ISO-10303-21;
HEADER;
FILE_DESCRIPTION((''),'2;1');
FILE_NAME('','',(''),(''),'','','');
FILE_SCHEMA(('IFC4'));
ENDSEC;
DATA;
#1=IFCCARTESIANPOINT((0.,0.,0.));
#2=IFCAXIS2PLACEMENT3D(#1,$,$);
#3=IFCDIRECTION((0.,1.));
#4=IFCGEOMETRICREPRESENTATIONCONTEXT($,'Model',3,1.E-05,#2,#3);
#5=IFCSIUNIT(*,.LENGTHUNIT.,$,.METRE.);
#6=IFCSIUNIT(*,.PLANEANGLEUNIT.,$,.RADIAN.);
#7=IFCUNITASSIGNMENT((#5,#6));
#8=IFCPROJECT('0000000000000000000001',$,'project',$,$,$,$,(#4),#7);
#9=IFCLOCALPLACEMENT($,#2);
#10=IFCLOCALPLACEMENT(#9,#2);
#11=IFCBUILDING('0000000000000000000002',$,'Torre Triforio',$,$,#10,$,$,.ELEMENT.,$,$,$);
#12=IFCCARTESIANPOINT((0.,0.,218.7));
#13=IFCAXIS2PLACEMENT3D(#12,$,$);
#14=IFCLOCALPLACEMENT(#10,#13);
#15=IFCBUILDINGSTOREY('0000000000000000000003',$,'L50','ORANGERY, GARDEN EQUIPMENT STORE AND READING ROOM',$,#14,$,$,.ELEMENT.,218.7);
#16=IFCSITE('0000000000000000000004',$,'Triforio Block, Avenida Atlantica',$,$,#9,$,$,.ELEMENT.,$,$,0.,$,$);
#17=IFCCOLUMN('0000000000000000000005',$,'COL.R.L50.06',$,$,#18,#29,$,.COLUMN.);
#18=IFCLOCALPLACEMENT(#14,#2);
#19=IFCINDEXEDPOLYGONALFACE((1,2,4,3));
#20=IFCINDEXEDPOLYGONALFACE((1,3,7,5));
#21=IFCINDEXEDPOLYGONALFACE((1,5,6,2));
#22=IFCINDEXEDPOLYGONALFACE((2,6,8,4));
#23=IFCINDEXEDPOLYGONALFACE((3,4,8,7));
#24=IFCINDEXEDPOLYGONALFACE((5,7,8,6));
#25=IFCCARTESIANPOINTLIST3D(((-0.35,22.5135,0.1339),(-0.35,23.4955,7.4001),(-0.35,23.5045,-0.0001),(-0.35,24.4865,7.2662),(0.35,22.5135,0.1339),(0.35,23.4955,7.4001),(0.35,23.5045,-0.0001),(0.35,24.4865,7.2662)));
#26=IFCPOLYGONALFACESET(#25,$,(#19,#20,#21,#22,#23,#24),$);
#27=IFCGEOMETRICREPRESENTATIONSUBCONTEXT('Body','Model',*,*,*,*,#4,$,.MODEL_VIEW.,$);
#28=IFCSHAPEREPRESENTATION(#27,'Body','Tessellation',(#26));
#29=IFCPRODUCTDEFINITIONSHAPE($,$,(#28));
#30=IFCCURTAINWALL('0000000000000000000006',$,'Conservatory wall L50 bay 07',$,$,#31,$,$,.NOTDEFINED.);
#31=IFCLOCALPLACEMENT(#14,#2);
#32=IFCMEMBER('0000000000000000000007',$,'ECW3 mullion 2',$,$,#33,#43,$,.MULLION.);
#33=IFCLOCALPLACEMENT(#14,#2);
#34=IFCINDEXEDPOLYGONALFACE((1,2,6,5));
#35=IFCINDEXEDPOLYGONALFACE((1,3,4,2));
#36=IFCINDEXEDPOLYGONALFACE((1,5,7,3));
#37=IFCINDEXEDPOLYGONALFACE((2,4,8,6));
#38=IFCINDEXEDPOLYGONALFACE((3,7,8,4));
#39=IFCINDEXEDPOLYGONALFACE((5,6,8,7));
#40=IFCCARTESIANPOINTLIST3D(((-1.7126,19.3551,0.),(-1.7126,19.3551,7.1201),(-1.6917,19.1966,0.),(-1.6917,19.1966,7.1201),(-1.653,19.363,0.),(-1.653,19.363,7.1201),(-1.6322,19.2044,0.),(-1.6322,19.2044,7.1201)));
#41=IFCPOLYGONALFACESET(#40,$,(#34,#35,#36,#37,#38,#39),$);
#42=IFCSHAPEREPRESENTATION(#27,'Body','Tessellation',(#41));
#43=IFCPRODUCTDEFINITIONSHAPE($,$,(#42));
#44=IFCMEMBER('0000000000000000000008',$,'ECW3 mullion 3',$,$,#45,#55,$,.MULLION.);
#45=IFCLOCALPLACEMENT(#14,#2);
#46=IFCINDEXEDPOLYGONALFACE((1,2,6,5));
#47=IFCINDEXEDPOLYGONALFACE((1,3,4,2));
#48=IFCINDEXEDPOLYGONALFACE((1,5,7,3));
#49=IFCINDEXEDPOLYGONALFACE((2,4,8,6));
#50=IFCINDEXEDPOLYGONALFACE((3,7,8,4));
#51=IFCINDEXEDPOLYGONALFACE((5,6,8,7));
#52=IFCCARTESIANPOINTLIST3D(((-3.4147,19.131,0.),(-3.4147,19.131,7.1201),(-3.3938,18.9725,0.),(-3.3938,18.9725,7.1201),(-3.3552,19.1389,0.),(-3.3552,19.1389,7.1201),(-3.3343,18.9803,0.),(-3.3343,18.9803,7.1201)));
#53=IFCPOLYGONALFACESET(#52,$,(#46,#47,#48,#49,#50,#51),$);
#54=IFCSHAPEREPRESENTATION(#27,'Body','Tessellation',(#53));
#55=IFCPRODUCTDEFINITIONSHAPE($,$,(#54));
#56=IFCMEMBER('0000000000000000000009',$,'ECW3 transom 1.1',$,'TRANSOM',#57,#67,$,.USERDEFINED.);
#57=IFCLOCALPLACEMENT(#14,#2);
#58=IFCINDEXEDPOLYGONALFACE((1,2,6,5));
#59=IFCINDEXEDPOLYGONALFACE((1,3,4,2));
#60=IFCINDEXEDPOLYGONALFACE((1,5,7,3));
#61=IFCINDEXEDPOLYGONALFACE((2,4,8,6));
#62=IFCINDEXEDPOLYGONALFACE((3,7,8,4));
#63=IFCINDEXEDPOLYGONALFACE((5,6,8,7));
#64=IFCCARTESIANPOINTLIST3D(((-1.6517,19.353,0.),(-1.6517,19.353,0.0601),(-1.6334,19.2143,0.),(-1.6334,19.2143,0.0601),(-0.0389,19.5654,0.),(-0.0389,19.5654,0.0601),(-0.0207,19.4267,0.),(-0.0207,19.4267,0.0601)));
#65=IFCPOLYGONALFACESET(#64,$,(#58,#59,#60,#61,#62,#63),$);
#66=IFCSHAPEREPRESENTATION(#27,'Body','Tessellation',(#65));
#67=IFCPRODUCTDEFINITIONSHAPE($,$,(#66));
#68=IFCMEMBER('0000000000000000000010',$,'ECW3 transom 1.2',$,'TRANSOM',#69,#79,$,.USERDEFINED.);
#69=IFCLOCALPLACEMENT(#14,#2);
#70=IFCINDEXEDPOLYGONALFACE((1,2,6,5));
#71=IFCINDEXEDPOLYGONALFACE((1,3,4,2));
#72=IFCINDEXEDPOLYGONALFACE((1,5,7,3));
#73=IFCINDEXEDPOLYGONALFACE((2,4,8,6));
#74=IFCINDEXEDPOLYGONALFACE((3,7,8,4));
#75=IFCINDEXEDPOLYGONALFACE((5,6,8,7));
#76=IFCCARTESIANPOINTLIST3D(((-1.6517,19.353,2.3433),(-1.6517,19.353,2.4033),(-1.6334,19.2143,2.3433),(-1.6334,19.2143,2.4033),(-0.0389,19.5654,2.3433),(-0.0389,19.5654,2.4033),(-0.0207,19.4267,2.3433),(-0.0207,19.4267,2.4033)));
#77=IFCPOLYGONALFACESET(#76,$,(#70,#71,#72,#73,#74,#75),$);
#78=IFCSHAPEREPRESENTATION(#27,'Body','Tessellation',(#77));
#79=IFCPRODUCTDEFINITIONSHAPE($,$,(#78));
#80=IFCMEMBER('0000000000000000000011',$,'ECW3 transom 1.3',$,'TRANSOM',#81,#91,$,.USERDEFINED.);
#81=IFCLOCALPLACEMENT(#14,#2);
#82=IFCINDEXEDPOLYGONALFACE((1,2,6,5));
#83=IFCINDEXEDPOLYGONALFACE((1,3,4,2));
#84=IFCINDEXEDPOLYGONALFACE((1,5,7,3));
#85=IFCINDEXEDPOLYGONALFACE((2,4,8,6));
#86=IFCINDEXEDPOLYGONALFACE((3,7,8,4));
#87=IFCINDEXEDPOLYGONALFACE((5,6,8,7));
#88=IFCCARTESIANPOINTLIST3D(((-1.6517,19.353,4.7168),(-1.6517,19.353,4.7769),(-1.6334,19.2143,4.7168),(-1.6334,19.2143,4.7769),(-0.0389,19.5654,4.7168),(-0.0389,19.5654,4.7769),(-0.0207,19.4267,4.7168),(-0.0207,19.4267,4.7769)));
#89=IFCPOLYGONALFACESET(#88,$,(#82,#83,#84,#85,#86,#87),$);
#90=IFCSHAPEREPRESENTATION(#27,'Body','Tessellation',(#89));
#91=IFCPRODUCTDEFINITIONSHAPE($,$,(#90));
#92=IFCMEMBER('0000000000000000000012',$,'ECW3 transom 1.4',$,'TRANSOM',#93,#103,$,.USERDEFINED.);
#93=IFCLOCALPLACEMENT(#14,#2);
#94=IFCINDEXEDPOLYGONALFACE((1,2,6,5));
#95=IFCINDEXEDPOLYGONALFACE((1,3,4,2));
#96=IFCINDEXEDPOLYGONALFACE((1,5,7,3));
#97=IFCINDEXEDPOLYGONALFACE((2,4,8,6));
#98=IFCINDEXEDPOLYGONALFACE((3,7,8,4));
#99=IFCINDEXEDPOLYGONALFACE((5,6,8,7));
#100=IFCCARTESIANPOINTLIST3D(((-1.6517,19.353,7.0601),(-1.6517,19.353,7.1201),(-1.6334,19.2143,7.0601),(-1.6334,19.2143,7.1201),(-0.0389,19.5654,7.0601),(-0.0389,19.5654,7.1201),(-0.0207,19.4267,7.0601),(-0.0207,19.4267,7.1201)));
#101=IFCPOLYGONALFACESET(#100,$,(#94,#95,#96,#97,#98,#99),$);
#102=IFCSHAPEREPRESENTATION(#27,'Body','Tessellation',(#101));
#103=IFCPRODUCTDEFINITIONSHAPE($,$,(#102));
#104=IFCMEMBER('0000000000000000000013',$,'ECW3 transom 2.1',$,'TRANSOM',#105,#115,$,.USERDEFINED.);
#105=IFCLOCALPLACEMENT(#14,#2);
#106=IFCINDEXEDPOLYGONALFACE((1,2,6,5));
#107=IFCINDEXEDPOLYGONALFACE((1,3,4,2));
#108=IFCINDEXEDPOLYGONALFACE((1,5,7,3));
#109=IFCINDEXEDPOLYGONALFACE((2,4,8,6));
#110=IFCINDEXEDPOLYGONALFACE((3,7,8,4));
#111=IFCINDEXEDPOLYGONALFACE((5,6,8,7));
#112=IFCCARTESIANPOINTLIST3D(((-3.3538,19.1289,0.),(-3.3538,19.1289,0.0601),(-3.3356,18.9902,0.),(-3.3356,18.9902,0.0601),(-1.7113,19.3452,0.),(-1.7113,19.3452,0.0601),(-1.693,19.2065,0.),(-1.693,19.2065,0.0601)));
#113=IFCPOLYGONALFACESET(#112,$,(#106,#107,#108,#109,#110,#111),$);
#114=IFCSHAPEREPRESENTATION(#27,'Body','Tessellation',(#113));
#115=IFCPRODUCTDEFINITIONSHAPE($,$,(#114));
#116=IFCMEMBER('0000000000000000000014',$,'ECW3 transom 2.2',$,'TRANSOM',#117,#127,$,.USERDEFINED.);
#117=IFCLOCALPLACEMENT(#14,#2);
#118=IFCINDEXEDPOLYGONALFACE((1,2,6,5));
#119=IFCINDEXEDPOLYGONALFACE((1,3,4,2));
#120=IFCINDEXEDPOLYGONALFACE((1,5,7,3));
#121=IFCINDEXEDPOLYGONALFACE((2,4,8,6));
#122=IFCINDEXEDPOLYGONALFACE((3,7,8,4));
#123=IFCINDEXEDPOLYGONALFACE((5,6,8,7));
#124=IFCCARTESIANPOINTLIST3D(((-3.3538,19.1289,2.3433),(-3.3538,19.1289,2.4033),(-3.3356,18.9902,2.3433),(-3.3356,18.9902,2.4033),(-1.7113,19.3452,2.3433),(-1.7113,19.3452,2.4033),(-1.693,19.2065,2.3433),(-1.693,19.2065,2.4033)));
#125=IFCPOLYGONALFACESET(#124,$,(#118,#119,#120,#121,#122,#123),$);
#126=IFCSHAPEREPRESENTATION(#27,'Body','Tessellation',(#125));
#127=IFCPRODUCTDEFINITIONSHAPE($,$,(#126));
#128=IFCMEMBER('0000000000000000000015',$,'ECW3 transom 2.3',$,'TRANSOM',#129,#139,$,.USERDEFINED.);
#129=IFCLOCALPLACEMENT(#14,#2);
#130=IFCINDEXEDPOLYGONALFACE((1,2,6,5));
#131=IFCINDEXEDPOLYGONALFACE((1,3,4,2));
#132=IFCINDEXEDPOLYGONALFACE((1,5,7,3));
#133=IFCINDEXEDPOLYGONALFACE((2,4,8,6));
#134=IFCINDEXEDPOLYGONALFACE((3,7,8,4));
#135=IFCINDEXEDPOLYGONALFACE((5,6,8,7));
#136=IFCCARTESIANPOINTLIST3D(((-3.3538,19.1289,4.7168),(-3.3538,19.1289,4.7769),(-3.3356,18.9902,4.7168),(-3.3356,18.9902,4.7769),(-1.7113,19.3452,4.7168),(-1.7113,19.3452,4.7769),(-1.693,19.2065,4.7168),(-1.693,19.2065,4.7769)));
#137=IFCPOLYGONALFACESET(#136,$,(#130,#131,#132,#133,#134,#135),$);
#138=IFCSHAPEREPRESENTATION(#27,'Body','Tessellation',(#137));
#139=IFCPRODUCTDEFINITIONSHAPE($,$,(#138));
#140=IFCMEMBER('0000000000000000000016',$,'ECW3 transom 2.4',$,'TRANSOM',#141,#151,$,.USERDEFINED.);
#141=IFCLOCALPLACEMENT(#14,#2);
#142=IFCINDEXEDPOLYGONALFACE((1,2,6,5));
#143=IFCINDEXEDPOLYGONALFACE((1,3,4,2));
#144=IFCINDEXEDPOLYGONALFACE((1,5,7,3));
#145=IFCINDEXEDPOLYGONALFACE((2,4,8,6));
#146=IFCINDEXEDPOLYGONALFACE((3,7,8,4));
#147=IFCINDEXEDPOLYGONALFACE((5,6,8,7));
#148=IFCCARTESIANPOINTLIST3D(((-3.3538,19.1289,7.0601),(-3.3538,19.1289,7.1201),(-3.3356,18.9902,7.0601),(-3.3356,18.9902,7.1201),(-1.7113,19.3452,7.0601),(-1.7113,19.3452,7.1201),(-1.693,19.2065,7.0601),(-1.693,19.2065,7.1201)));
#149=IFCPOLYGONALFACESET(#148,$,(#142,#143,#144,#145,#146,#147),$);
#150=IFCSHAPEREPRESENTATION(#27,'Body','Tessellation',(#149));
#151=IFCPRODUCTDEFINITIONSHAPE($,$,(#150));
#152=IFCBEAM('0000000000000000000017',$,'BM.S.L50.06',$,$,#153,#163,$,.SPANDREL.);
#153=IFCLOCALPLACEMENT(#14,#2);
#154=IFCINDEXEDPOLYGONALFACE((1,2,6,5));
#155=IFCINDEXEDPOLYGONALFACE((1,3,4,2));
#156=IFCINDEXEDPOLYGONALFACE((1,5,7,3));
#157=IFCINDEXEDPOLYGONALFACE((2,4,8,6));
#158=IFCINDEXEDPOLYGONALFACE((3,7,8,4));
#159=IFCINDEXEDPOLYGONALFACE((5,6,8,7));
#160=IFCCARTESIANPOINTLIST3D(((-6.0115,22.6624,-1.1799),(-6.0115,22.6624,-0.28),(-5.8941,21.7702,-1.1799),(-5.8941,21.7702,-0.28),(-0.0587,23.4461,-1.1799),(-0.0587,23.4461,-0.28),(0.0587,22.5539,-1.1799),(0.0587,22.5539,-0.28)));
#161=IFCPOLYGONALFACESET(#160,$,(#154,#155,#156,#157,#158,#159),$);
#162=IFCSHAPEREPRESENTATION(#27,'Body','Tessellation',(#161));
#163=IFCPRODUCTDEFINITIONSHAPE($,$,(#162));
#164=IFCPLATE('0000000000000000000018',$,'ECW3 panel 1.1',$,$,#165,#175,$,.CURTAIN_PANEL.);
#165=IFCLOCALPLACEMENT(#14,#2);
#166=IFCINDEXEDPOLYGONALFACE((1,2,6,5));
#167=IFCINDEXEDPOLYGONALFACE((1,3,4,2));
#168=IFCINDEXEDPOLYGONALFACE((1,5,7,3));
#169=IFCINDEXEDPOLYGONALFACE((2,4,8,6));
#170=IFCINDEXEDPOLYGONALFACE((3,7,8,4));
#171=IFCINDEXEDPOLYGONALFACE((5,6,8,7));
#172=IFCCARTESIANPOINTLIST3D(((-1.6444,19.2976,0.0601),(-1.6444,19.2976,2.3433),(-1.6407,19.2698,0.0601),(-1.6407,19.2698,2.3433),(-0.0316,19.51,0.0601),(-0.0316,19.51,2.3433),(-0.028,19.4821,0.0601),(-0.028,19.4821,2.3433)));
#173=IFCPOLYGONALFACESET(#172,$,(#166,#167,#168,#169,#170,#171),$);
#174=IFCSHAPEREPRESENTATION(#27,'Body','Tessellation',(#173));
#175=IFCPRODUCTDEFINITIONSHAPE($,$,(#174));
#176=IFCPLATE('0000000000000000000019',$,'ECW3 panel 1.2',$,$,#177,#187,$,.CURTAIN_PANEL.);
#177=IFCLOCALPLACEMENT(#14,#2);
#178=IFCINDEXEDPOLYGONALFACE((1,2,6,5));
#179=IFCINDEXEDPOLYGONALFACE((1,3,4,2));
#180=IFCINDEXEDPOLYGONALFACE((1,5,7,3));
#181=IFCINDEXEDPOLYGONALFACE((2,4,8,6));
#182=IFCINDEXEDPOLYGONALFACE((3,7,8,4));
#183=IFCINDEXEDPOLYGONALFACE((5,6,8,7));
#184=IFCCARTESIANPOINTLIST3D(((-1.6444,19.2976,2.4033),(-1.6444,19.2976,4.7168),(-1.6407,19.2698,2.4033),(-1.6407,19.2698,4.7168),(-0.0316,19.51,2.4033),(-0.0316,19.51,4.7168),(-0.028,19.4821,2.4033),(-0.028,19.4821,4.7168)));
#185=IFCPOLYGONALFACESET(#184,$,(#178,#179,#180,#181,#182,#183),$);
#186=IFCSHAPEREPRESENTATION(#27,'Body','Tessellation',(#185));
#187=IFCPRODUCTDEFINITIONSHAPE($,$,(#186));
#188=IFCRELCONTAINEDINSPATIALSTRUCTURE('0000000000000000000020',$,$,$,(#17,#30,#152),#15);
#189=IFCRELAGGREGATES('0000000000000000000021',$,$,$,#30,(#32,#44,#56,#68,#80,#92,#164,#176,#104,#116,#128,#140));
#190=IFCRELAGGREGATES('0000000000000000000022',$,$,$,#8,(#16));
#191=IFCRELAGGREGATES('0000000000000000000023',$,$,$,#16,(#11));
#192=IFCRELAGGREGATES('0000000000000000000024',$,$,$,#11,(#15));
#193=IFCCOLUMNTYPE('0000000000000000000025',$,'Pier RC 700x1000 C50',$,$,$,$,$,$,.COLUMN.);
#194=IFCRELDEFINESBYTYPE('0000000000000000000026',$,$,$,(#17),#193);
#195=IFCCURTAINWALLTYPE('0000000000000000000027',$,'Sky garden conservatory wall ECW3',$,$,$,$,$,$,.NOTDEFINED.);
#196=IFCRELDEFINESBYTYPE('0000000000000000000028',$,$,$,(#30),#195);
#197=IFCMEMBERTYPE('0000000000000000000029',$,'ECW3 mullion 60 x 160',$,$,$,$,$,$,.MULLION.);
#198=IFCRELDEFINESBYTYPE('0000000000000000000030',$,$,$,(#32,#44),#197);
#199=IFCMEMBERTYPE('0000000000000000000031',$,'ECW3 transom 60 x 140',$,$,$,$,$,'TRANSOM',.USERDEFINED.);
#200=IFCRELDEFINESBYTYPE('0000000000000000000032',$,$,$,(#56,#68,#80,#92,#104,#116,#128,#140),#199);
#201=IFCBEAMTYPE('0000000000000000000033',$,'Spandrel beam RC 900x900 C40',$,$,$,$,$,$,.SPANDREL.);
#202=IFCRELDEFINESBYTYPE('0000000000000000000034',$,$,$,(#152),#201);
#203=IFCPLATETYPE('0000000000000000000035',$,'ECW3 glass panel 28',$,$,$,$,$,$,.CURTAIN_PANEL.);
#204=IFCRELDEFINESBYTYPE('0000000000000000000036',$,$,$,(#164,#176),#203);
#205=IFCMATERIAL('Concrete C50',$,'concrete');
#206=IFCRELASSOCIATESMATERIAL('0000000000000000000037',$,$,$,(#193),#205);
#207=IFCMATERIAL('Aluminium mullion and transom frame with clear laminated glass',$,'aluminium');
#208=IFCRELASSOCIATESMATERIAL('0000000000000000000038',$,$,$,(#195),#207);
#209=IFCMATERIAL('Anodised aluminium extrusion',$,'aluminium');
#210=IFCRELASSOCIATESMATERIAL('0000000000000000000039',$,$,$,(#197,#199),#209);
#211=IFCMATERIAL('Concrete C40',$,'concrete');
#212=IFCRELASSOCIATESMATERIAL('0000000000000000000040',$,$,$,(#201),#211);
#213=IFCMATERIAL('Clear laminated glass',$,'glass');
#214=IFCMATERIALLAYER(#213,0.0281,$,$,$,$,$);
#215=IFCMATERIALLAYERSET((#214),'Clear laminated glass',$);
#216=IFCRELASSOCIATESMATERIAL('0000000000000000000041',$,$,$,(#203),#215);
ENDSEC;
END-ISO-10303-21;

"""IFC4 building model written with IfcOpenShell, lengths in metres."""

from ifc_helpers import new_model, si_unit, direction, frame, origin, origin_2d, place, context, subcontext, project, spatial, rectangle, extrude, material, layer, layer_set, material_profile, profile_set, type_object, element, aggregate, save


model = new_model("IFC4")

# Units and contexts
model_context = context("Model", 3, precision=1e-05, world=origin(), true_north=direction((0.0, 1.0)))
body_context = subcontext(model_context, "Body", "Model", "MODEL_VIEW")
ifc_project = project(units=[si_unit("LENGTHUNIT", "METRE"), si_unit("PLANEANGLEUNIT", "RADIAN")], contexts=[model_context])

# Site, building, storey
site_placement = place(None, origin())
site = spatial("IfcSite", under=ifc_project, at=site_placement, Name="Triforio Block, Avenida Atlantica", CompositionType="ELEMENT", RefElevation=0.0)
building_placement = place(site_placement, origin())
building = spatial("IfcBuilding", under=site, at=building_placement, Name="Torre Triforio", CompositionType="ELEMENT")
storey_placement = place(building_placement, frame((0.0, 0.0, 218.7)))
storey = spatial("IfcBuildingStorey", under=building, at=storey_placement, Name="L50", Description="ORANGERY, GARDEN EQUIPMENT STORE AND READING ROOM", CompositionType="ELEMENT", Elevation=218.7)

# Column
ifc_material_1 = material(Name="Concrete C50", Category="concrete")
ifc_material_profile_1 = material_profile(ifc_material_1, rectangle(XDim=0.7, YDim=1.0, at=origin_2d()), Name="RC 700x1000")
ifc_profile_set_1 = profile_set([ifc_material_profile_1], Name="Concrete C50")
column_type = type_object("IfcColumnType", Name="Pier RC 700x1000 C50", PredefinedType="COLUMN", material=ifc_profile_set_1)
column_placement = place(storey_placement, frame((0.0, 23.009, 0.0669), z_axis=(0.0, 0.133921, 0.990992), x_axis=(-1.0, 0.0, 0.0)))
element("IfcColumn", 1, at=column_placement, inside=storey, type_object=column_type, Name="COL.R.L50.06", PredefinedType="COLUMN", context=body_context, shape_type="SweptSolid", body=[
    extrude(rectangle(XDim=0.7, YDim=1.0, at=origin_2d()), origin(), (0.0, 0.0, 1.0), 7.3323),
])

# Curtain wall, members
ifc_material_2 = material(Name="Aluminium mullion and transom frame with clear laminated glass", Category="aluminium")
curtain_wall_type = type_object("IfcCurtainWallType", Name="Sky garden conservatory wall ECW3", PredefinedType="NOTDEFINED", material=ifc_material_2)
curtain_wall_placement = place(storey_placement, origin())
curtain_wall = element("IfcCurtainWall", 2, at=curtain_wall_placement, inside=storey, type_object=curtain_wall_type, Name="Conservatory wall L50 bay 07", PredefinedType="NOTDEFINED")
ifc_material_3 = material(Name="Anodised aluminium extrusion", Category="aluminium")
ifc_material_profile_2 = material_profile(ifc_material_3, rectangle(XDim=0.1599, YDim=0.0601, at=origin_2d()), Name="ECW3 MULLION 60x160")
ifc_profile_set_2 = profile_set([ifc_material_profile_2], Name="Anodised aluminium extrusion")
member_type_1 = type_object("IfcMemberType", Name="ECW3 mullion 60 x 160", PredefinedType="MULLION", material=ifc_profile_set_2)
member_1_placement = place(storey_placement, frame((-1.6724, 19.2798, 0.0), z_axis=(0.0, 0.0, 1.0), x_axis=(0.130532, -0.991444, 0.0)))
member_1 = element("IfcMember", 3, at=member_1_placement, type_object=member_type_1, Name="ECW3 mullion 2", PredefinedType="MULLION", context=body_context, shape_type="SweptSolid", body=[
    extrude(rectangle(XDim=0.1599, YDim=0.0601, at=origin_2d()), origin(), (0.0, 0.0, 1.0), 7.1201),
])
member_2_placement = place(storey_placement, frame((-3.3745, 19.0557, 0.0), z_axis=(0.0, 0.0, 1.0), x_axis=(0.130532, -0.991444, 0.0)))
member_2 = element("IfcMember", 4, at=member_2_placement, type_object=member_type_1, Name="ECW3 mullion 3", PredefinedType="MULLION", context=body_context, shape_type="SweptSolid", body=[
    extrude(rectangle(XDim=0.1599, YDim=0.0601, at=origin_2d()), origin(), (0.0, 0.0, 1.0), 7.1201),
])
ifc_material_profile_3 = material_profile(ifc_material_3, rectangle(XDim=0.1399, YDim=0.0601, at=origin_2d()), Name="ECW3 TRANSOM 60x140")
ifc_profile_set_3 = profile_set([ifc_material_profile_3], Name="Anodised aluminium extrusion")
member_type_2 = type_object("IfcMemberType", Name="ECW3 transom 60 x 140", ElementType="TRANSOM", PredefinedType="USERDEFINED", material=ifc_profile_set_3)
member_3_placement = place(storey_placement, frame((-0.0298, 19.4961, 0.03), z_axis=(-0.991439, -0.130571, 0.0), x_axis=(0.130571, -0.991439, 0.0)))
member_3 = element("IfcMember", 5, at=member_3_placement, type_object=member_type_2, Name="ECW3 transom 1.1", ObjectType="TRANSOM", PredefinedType="USERDEFINED", context=body_context, shape_type="SweptSolid", body=[
    extrude(rectangle(XDim=0.1399, YDim=0.0601, at=origin_2d()), origin(), (0.0, 0.0, 1.0), 1.6267),
])
member_4_placement = place(storey_placement, frame((-0.0298, 19.4961, 2.3733), z_axis=(-0.991439, -0.130571, 0.0), x_axis=(0.130571, -0.991439, 0.0)))
member_4 = element("IfcMember", 6, at=member_4_placement, type_object=member_type_2, Name="ECW3 transom 1.2", ObjectType="TRANSOM", PredefinedType="USERDEFINED", context=body_context, shape_type="SweptSolid", body=[
    extrude(rectangle(XDim=0.1399, YDim=0.0601, at=origin_2d()), origin(), (0.0, 0.0, 1.0), 1.6267),
])
member_5_placement = place(storey_placement, frame((-0.0298, 19.4961, 4.7468), z_axis=(-0.991439, -0.130571, 0.0), x_axis=(0.130571, -0.991439, 0.0)))
member_5 = element("IfcMember", 7, at=member_5_placement, type_object=member_type_2, Name="ECW3 transom 1.3", ObjectType="TRANSOM", PredefinedType="USERDEFINED", context=body_context, shape_type="SweptSolid", body=[
    extrude(rectangle(XDim=0.1399, YDim=0.0601, at=origin_2d()), origin(), (0.0, 0.0, 1.0), 1.6267),
])
member_6_placement = place(storey_placement, frame((-0.0298, 19.4961, 7.0901), z_axis=(-0.991439, -0.130571, 0.0), x_axis=(0.130571, -0.991439, 0.0)))
member_6 = element("IfcMember", 8, at=member_6_placement, type_object=member_type_2, Name="ECW3 transom 1.4", ObjectType="TRANSOM", PredefinedType="USERDEFINED", context=body_context, shape_type="SweptSolid", body=[
    extrude(rectangle(XDim=0.1399, YDim=0.0601, at=origin_2d()), origin(), (0.0, 0.0, 1.0), 1.6267),
])
member_7_placement = place(storey_placement, frame((-1.7021, 19.2759, 0.03), z_axis=(-0.99144, -0.130561, 0.0), x_axis=(0.130561, -0.99144, 0.0)))
member_7 = element("IfcMember", 9, at=member_7_placement, type_object=member_type_2, Name="ECW3 transom 2.1", ObjectType="TRANSOM", PredefinedType="USERDEFINED", context=body_context, shape_type="SweptSolid", body=[
    extrude(rectangle(XDim=0.1399, YDim=0.0601, at=origin_2d()), origin(), (0.0, 0.0, 1.0), 1.6567),
])
member_8_placement = place(storey_placement, frame((-1.7021, 19.2759, 2.3733), z_axis=(-0.99144, -0.130561, 0.0), x_axis=(0.130561, -0.99144, 0.0)))
member_8 = element("IfcMember", 10, at=member_8_placement, type_object=member_type_2, Name="ECW3 transom 2.2", ObjectType="TRANSOM", PredefinedType="USERDEFINED", context=body_context, shape_type="SweptSolid", body=[
    extrude(rectangle(XDim=0.1399, YDim=0.0601, at=origin_2d()), origin(), (0.0, 0.0, 1.0), 1.6567),
])
member_9_placement = place(storey_placement, frame((-1.7021, 19.2759, 4.7468), z_axis=(-0.99144, -0.130561, 0.0), x_axis=(0.130561, -0.99144, 0.0)))
member_9 = element("IfcMember", 11, at=member_9_placement, type_object=member_type_2, Name="ECW3 transom 2.3", ObjectType="TRANSOM", PredefinedType="USERDEFINED", context=body_context, shape_type="SweptSolid", body=[
    extrude(rectangle(XDim=0.1399, YDim=0.0601, at=origin_2d()), origin(), (0.0, 0.0, 1.0), 1.6567),
])
member_10_placement = place(storey_placement, frame((-1.7021, 19.2759, 7.0901), z_axis=(-0.99144, -0.130561, 0.0), x_axis=(0.130561, -0.99144, 0.0)))
member_10 = element("IfcMember", 12, at=member_10_placement, type_object=member_type_2, Name="ECW3 transom 2.4", ObjectType="TRANSOM", PredefinedType="USERDEFINED", context=body_context, shape_type="SweptSolid", body=[
    extrude(rectangle(XDim=0.1399, YDim=0.0601, at=origin_2d()), origin(), (0.0, 0.0, 1.0), 1.6567),
])

# Beam
ifc_material_4 = material(Name="Concrete C40", Category="concrete")
ifc_material_profile_4 = material_profile(ifc_material_4, rectangle(XDim=0.8999, YDim=0.8999, at=origin_2d()), Name="RC 900x900")
ifc_profile_set_4 = profile_set([ifc_material_profile_4], Name="Concrete C40")
beam_type = type_object("IfcBeamType", Name="Spandrel beam RC 900x900 C40", PredefinedType="SPANDREL", material=ifc_profile_set_4)
beam_placement = place(storey_placement, frame((0.0, 23.0, -0.73), z_axis=(-0.991445, -0.130523, 0.0), x_axis=(0.130523, -0.991445, 0.0)))
element("IfcBeam", 13, at=beam_placement, inside=storey, type_object=beam_type, Name="BM.S.L50.06", PredefinedType="SPANDREL", context=body_context, shape_type="SweptSolid", body=[
    extrude(rectangle(XDim=0.8999, YDim=0.8999, at=origin_2d()), origin(), (0.0, 0.0, 1.0), 6.0042),
])

# Plates
ifc_material_5 = material(Name="Clear laminated glass", Category="glass")
ifc_layer_1 = layer(ifc_material_5, 0.0281)
ifc_layer_set_1 = layer_set([ifc_layer_1], Name="Clear laminated glass")
plate_type = type_object("IfcPlateType", Name="ECW3 glass panel 28", PredefinedType="CURTAIN_PANEL", material=ifc_layer_set_1)
plate_1_placement = place(storey_placement, frame((-0.8362, 19.3899, 0.0601), z_axis=(0.0, 0.0, 1.0), x_axis=(-0.991444, -0.130532, 0.0)))
plate_1 = element("IfcPlate", 14, at=plate_1_placement, type_object=plate_type, Name="ECW3 panel 1.1", PredefinedType="CURTAIN_PANEL", context=body_context, shape_type="SweptSolid", body=[
    extrude(rectangle(XDim=1.6267, YDim=0.0281, at=origin_2d()), origin(), (0.0, 0.0, 1.0), 2.2832),
])
plate_2_placement = place(storey_placement, frame((-0.8362, 19.3899, 2.4033), z_axis=(0.0, 0.0, 1.0), x_axis=(-0.991444, -0.130532, 0.0)))
plate_2 = element("IfcPlate", 15, at=plate_2_placement, type_object=plate_type, Name="ECW3 panel 1.2", PredefinedType="CURTAIN_PANEL", context=body_context, shape_type="SweptSolid", body=[
    extrude(rectangle(XDim=1.6267, YDim=0.0281, at=origin_2d()), origin(), (0.0, 0.0, 1.0), 2.3135),
])
aggregate(curtain_wall, [member_1, member_2, member_3, member_4, member_5, member_6, plate_1, plate_2, member_7, member_8, member_9, member_10])

save(model, "model.ifc")
